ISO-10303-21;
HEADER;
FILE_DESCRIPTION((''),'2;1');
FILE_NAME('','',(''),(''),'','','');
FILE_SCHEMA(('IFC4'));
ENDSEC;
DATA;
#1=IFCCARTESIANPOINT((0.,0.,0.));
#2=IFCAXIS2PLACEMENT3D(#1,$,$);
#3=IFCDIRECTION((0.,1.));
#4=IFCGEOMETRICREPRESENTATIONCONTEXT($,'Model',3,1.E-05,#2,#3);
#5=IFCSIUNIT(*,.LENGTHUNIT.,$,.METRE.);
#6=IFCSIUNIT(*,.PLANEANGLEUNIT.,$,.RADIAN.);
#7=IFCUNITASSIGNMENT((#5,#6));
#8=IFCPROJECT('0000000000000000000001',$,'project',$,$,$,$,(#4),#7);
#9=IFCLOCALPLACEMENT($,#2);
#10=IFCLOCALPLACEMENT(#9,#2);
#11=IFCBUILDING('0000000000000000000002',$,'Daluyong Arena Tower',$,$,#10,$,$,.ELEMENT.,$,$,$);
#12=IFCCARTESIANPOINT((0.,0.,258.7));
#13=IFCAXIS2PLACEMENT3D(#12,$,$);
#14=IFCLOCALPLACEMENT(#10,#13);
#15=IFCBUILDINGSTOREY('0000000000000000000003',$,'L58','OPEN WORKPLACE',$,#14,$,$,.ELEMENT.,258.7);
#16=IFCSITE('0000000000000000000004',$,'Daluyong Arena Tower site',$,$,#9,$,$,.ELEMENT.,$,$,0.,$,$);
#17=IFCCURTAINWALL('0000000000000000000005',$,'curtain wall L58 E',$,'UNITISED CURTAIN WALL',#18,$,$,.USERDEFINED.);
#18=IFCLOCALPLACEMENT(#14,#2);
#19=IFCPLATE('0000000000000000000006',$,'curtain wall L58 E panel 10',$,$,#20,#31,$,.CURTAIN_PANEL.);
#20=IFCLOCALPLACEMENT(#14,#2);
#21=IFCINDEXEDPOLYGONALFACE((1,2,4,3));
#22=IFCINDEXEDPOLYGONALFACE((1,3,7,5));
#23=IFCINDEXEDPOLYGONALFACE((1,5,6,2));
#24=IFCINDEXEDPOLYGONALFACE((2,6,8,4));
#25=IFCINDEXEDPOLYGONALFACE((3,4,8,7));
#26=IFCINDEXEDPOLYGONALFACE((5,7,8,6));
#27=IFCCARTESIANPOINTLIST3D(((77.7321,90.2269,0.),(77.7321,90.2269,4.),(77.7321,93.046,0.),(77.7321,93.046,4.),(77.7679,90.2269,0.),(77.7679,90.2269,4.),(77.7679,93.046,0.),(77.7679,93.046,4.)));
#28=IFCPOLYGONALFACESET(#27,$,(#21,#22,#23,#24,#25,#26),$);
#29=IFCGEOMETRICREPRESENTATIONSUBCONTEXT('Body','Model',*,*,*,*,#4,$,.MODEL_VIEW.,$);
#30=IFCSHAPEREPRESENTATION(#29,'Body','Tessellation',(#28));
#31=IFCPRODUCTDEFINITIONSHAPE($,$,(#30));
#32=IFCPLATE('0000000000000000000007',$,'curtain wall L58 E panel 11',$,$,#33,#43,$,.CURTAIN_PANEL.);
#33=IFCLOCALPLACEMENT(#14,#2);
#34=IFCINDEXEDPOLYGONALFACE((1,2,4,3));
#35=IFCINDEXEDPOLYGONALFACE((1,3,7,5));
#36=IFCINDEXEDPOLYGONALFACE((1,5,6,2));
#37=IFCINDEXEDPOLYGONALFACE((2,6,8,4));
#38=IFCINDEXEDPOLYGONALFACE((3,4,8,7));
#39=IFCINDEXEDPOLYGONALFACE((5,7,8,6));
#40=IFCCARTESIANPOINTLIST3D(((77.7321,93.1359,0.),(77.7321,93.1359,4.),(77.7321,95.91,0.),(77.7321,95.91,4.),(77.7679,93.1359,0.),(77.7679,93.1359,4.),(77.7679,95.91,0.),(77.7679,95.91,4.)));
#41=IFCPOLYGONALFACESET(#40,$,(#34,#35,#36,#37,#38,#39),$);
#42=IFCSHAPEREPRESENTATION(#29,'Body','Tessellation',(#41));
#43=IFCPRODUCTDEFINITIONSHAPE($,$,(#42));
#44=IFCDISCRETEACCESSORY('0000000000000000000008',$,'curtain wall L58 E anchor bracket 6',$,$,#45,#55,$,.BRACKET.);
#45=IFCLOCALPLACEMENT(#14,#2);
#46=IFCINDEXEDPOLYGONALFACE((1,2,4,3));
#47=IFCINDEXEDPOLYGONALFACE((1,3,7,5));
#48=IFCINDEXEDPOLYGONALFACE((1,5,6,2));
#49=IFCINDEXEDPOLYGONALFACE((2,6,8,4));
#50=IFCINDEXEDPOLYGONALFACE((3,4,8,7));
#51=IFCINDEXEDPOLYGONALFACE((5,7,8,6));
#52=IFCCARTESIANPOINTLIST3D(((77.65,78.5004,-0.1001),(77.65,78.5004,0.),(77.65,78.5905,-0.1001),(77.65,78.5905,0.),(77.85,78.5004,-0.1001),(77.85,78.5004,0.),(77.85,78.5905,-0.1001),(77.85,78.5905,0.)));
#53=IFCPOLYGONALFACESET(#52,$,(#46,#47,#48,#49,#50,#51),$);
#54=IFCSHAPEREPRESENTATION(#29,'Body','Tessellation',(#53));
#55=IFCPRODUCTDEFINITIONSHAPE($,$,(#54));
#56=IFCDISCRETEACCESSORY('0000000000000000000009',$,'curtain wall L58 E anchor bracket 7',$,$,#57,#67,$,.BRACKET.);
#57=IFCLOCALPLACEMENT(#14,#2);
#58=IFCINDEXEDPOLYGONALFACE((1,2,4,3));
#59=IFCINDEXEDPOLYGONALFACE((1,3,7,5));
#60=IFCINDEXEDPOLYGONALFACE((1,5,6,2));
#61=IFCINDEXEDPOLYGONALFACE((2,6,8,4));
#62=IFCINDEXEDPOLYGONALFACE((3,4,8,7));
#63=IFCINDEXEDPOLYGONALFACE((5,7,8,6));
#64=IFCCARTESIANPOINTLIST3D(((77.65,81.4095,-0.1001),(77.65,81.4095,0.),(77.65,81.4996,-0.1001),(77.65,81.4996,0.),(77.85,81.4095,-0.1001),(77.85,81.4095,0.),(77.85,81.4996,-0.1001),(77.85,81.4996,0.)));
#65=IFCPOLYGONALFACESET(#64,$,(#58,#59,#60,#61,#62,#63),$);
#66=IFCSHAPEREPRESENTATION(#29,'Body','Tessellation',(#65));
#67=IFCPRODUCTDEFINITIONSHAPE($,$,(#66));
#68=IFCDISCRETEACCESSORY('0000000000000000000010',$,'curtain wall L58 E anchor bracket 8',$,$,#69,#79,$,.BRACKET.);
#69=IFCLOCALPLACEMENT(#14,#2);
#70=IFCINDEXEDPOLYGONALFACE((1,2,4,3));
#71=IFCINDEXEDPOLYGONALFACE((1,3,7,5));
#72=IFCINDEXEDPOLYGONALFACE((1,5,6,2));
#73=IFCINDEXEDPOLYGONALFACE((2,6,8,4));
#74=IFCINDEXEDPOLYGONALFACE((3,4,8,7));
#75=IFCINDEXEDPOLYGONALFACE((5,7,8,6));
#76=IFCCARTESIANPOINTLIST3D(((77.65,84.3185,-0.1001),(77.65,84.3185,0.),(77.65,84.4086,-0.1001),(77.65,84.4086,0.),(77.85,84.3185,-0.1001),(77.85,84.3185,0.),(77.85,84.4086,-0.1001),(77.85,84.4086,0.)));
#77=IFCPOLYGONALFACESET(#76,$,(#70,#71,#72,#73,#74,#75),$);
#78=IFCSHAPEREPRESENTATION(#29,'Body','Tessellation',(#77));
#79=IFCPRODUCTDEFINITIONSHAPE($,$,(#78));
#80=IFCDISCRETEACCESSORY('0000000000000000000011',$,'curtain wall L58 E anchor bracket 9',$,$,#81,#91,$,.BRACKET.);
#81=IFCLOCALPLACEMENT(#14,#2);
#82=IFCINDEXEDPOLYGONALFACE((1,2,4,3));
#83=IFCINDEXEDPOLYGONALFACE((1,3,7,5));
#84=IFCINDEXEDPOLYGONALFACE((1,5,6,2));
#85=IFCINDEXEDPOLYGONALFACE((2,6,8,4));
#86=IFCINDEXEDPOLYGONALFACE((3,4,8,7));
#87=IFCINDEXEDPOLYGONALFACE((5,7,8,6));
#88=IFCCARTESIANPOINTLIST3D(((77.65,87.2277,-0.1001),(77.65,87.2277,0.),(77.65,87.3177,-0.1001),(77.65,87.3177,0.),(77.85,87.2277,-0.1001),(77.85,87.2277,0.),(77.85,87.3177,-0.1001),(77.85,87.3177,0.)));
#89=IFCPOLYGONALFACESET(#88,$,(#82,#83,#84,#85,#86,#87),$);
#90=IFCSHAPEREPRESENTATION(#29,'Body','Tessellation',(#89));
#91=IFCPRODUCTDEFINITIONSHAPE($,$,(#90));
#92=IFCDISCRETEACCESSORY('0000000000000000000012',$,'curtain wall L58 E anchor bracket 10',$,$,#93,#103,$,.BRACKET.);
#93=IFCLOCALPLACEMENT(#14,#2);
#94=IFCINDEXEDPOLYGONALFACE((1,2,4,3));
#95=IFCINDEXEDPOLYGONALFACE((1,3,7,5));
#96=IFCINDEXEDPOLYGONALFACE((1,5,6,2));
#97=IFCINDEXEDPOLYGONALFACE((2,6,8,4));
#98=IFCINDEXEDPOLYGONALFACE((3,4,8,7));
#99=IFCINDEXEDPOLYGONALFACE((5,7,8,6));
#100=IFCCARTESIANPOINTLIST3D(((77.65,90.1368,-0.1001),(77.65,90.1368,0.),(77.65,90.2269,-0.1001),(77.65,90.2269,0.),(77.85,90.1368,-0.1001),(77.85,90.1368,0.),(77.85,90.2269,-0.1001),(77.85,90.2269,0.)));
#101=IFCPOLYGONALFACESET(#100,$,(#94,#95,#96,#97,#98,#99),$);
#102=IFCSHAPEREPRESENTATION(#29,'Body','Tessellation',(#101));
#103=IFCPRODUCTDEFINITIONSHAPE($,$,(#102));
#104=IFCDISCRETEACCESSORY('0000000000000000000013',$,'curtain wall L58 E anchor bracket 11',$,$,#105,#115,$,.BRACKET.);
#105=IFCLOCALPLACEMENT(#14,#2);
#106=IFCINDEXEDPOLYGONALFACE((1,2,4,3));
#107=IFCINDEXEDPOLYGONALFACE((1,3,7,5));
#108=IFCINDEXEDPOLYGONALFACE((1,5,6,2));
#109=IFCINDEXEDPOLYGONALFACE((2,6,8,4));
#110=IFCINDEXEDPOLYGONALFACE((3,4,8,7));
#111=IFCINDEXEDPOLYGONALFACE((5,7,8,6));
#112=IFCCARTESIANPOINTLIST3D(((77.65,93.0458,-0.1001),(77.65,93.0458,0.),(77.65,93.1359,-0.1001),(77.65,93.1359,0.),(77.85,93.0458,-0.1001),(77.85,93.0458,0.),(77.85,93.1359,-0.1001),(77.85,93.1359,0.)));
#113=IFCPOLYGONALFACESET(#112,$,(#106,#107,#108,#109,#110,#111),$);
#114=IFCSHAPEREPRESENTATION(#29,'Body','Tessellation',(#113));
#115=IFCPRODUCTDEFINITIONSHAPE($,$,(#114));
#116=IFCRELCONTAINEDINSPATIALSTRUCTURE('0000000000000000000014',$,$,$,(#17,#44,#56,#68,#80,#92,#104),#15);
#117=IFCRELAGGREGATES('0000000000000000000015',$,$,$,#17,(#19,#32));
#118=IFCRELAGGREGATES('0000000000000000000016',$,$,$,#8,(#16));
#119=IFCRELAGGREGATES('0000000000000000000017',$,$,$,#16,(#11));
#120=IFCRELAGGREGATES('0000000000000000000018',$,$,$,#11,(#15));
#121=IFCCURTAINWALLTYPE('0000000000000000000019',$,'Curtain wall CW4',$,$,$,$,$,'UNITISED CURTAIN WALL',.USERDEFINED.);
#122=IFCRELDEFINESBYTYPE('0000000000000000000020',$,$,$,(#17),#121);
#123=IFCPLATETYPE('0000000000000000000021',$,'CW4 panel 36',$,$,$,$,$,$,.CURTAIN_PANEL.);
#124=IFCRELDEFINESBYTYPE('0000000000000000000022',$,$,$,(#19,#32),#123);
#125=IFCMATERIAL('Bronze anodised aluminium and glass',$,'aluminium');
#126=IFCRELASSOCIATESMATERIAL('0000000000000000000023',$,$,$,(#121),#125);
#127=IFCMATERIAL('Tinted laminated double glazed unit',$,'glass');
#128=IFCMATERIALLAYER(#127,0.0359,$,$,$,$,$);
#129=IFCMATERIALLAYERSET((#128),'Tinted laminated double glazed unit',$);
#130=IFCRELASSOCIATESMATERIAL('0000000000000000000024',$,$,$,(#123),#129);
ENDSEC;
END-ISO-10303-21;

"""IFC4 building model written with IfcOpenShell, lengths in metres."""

from ifc_helpers import new_model, si_unit, direction, frame, origin, origin_2d, place, context, subcontext, project, spatial, rectangle, extrude, material, layer, layer_set, type_object, element, aggregate, save


model = new_model("IFC4")

# Units and contexts
model_context = context("Model", 3, precision=1e-05, world=origin(), true_north=direction((0.0, 1.0)))
body_context = subcontext(model_context, "Body", "Model", "MODEL_VIEW")
ifc_project = project(units=[si_unit("LENGTHUNIT", "METRE"), si_unit("PLANEANGLEUNIT", "RADIAN")], contexts=[model_context])

# Site, building, storey
site_placement = place(None, origin())
site = spatial("IfcSite", under=ifc_project, at=site_placement, Name="Daluyong Arena Tower site", CompositionType="ELEMENT", RefElevation=0.0)
building_placement = place(site_placement, origin())
building = spatial("IfcBuilding", under=site, at=building_placement, Name="Daluyong Arena Tower", CompositionType="ELEMENT")
storey_placement = place(building_placement, frame((0.0, 0.0, 258.7)))
storey = spatial("IfcBuildingStorey", under=building, at=storey_placement, Name="L58", Description="OPEN WORKPLACE", CompositionType="ELEMENT", Elevation=258.7)

# Curtain wall
ifc_material_1 = material(Name="Bronze anodised aluminium and glass", Category="aluminium")
curtain_wall_type = type_object("IfcCurtainWallType", Name="Curtain wall CW4", ElementType="UNITISED CURTAIN WALL", PredefinedType="USERDEFINED", material=ifc_material_1)
curtain_wall_placement = place(storey_placement, origin())
curtain_wall = element("IfcCurtainWall", 1, at=curtain_wall_placement, inside=storey, type_object=curtain_wall_type, Name="curtain wall L58 E", ObjectType="UNITISED CURTAIN WALL", PredefinedType="USERDEFINED")

# Plates
ifc_material_2 = material(Name="Tinted laminated double glazed unit", Category="glass")
ifc_layer = layer(ifc_material_2, 0.0359)
ifc_layer_set = layer_set([ifc_layer], Name="Tinted laminated double glazed unit")
plate_type = type_object("IfcPlateType", Name="CW4 panel 36", PredefinedType="CURTAIN_PANEL", material=ifc_layer_set)
plate_1_placement = place(storey_placement, frame((77.75, 91.6365, 0.0), z_axis=(0.0, 0.0, 1.0), x_axis=(0.0, 1.0, 0.0)))
plate_1 = element("IfcPlate", 2, at=plate_1_placement, type_object=plate_type, Name="curtain wall L58 E panel 10", PredefinedType="CURTAIN_PANEL", context=body_context, shape_type="SweptSolid", body=[
    extrude(rectangle(XDim=2.8191, YDim=0.0359, at=origin_2d()), origin(), (0.0, 0.0, 1.0), 4.0),
])
plate_2_placement = place(storey_placement, frame((77.75, 94.5229, 0.0), z_axis=(0.0, 0.0, 1.0), x_axis=(0.0, 1.0, 0.0)))
plate_2 = element("IfcPlate", 3, at=plate_2_placement, type_object=plate_type, Name="curtain wall L58 E panel 11", PredefinedType="CURTAIN_PANEL", context=body_context, shape_type="SweptSolid", body=[
    extrude(rectangle(XDim=2.7742, YDim=0.0359, at=origin_2d()), origin(), (0.0, 0.0, 1.0), 4.0),
])
aggregate(curtain_wall, [plate_1, plate_2])

# Discrete accessories
for number, where, z_axis, x_axis, name in (
    (4, (77.75, 78.5454, -0.1001), (0.0, 0.0, 1.0), (0.0, 1.0, 0.0), "curtain wall L58 E anchor bracket 6"),
    (5, (77.75, 81.4546, -0.1001), (0.0, 0.0, 1.0), (0.0, 1.0, 0.0), "curtain wall L58 E anchor bracket 7"),
    (6, (77.75, 84.3635, -0.1001), (0.0, 0.0, 1.0), (0.0, 1.0, 0.0), "curtain wall L58 E anchor bracket 8"),
    (7, (77.75, 87.2727, -0.1001), (0.0, 0.0, 1.0), (0.0, 1.0, 0.0), "curtain wall L58 E anchor bracket 9"),
    (8, (77.75, 90.1819, -0.1001), (0.0, 0.0, 1.0), (0.0, 1.0, 0.0), "curtain wall L58 E anchor bracket 10"),
    (9, (77.75, 93.0908, -0.1001), (0.0, 0.0, 1.0), (0.0, 1.0, 0.0), "curtain wall L58 E anchor bracket 11"),
):
    element("IfcDiscreteAccessory", number, at=place(storey_placement, frame(where, z_axis=z_axis, x_axis=x_axis)), inside=storey, Name=name, PredefinedType="BRACKET", context=body_context, shape_type="SweptSolid", body=[
        extrude(rectangle(XDim=0.0901, YDim=0.2, at=origin_2d()), origin(), (0.0, 0.0, 1.0), 0.1001),
    ])

save(model, "model.ifc")
